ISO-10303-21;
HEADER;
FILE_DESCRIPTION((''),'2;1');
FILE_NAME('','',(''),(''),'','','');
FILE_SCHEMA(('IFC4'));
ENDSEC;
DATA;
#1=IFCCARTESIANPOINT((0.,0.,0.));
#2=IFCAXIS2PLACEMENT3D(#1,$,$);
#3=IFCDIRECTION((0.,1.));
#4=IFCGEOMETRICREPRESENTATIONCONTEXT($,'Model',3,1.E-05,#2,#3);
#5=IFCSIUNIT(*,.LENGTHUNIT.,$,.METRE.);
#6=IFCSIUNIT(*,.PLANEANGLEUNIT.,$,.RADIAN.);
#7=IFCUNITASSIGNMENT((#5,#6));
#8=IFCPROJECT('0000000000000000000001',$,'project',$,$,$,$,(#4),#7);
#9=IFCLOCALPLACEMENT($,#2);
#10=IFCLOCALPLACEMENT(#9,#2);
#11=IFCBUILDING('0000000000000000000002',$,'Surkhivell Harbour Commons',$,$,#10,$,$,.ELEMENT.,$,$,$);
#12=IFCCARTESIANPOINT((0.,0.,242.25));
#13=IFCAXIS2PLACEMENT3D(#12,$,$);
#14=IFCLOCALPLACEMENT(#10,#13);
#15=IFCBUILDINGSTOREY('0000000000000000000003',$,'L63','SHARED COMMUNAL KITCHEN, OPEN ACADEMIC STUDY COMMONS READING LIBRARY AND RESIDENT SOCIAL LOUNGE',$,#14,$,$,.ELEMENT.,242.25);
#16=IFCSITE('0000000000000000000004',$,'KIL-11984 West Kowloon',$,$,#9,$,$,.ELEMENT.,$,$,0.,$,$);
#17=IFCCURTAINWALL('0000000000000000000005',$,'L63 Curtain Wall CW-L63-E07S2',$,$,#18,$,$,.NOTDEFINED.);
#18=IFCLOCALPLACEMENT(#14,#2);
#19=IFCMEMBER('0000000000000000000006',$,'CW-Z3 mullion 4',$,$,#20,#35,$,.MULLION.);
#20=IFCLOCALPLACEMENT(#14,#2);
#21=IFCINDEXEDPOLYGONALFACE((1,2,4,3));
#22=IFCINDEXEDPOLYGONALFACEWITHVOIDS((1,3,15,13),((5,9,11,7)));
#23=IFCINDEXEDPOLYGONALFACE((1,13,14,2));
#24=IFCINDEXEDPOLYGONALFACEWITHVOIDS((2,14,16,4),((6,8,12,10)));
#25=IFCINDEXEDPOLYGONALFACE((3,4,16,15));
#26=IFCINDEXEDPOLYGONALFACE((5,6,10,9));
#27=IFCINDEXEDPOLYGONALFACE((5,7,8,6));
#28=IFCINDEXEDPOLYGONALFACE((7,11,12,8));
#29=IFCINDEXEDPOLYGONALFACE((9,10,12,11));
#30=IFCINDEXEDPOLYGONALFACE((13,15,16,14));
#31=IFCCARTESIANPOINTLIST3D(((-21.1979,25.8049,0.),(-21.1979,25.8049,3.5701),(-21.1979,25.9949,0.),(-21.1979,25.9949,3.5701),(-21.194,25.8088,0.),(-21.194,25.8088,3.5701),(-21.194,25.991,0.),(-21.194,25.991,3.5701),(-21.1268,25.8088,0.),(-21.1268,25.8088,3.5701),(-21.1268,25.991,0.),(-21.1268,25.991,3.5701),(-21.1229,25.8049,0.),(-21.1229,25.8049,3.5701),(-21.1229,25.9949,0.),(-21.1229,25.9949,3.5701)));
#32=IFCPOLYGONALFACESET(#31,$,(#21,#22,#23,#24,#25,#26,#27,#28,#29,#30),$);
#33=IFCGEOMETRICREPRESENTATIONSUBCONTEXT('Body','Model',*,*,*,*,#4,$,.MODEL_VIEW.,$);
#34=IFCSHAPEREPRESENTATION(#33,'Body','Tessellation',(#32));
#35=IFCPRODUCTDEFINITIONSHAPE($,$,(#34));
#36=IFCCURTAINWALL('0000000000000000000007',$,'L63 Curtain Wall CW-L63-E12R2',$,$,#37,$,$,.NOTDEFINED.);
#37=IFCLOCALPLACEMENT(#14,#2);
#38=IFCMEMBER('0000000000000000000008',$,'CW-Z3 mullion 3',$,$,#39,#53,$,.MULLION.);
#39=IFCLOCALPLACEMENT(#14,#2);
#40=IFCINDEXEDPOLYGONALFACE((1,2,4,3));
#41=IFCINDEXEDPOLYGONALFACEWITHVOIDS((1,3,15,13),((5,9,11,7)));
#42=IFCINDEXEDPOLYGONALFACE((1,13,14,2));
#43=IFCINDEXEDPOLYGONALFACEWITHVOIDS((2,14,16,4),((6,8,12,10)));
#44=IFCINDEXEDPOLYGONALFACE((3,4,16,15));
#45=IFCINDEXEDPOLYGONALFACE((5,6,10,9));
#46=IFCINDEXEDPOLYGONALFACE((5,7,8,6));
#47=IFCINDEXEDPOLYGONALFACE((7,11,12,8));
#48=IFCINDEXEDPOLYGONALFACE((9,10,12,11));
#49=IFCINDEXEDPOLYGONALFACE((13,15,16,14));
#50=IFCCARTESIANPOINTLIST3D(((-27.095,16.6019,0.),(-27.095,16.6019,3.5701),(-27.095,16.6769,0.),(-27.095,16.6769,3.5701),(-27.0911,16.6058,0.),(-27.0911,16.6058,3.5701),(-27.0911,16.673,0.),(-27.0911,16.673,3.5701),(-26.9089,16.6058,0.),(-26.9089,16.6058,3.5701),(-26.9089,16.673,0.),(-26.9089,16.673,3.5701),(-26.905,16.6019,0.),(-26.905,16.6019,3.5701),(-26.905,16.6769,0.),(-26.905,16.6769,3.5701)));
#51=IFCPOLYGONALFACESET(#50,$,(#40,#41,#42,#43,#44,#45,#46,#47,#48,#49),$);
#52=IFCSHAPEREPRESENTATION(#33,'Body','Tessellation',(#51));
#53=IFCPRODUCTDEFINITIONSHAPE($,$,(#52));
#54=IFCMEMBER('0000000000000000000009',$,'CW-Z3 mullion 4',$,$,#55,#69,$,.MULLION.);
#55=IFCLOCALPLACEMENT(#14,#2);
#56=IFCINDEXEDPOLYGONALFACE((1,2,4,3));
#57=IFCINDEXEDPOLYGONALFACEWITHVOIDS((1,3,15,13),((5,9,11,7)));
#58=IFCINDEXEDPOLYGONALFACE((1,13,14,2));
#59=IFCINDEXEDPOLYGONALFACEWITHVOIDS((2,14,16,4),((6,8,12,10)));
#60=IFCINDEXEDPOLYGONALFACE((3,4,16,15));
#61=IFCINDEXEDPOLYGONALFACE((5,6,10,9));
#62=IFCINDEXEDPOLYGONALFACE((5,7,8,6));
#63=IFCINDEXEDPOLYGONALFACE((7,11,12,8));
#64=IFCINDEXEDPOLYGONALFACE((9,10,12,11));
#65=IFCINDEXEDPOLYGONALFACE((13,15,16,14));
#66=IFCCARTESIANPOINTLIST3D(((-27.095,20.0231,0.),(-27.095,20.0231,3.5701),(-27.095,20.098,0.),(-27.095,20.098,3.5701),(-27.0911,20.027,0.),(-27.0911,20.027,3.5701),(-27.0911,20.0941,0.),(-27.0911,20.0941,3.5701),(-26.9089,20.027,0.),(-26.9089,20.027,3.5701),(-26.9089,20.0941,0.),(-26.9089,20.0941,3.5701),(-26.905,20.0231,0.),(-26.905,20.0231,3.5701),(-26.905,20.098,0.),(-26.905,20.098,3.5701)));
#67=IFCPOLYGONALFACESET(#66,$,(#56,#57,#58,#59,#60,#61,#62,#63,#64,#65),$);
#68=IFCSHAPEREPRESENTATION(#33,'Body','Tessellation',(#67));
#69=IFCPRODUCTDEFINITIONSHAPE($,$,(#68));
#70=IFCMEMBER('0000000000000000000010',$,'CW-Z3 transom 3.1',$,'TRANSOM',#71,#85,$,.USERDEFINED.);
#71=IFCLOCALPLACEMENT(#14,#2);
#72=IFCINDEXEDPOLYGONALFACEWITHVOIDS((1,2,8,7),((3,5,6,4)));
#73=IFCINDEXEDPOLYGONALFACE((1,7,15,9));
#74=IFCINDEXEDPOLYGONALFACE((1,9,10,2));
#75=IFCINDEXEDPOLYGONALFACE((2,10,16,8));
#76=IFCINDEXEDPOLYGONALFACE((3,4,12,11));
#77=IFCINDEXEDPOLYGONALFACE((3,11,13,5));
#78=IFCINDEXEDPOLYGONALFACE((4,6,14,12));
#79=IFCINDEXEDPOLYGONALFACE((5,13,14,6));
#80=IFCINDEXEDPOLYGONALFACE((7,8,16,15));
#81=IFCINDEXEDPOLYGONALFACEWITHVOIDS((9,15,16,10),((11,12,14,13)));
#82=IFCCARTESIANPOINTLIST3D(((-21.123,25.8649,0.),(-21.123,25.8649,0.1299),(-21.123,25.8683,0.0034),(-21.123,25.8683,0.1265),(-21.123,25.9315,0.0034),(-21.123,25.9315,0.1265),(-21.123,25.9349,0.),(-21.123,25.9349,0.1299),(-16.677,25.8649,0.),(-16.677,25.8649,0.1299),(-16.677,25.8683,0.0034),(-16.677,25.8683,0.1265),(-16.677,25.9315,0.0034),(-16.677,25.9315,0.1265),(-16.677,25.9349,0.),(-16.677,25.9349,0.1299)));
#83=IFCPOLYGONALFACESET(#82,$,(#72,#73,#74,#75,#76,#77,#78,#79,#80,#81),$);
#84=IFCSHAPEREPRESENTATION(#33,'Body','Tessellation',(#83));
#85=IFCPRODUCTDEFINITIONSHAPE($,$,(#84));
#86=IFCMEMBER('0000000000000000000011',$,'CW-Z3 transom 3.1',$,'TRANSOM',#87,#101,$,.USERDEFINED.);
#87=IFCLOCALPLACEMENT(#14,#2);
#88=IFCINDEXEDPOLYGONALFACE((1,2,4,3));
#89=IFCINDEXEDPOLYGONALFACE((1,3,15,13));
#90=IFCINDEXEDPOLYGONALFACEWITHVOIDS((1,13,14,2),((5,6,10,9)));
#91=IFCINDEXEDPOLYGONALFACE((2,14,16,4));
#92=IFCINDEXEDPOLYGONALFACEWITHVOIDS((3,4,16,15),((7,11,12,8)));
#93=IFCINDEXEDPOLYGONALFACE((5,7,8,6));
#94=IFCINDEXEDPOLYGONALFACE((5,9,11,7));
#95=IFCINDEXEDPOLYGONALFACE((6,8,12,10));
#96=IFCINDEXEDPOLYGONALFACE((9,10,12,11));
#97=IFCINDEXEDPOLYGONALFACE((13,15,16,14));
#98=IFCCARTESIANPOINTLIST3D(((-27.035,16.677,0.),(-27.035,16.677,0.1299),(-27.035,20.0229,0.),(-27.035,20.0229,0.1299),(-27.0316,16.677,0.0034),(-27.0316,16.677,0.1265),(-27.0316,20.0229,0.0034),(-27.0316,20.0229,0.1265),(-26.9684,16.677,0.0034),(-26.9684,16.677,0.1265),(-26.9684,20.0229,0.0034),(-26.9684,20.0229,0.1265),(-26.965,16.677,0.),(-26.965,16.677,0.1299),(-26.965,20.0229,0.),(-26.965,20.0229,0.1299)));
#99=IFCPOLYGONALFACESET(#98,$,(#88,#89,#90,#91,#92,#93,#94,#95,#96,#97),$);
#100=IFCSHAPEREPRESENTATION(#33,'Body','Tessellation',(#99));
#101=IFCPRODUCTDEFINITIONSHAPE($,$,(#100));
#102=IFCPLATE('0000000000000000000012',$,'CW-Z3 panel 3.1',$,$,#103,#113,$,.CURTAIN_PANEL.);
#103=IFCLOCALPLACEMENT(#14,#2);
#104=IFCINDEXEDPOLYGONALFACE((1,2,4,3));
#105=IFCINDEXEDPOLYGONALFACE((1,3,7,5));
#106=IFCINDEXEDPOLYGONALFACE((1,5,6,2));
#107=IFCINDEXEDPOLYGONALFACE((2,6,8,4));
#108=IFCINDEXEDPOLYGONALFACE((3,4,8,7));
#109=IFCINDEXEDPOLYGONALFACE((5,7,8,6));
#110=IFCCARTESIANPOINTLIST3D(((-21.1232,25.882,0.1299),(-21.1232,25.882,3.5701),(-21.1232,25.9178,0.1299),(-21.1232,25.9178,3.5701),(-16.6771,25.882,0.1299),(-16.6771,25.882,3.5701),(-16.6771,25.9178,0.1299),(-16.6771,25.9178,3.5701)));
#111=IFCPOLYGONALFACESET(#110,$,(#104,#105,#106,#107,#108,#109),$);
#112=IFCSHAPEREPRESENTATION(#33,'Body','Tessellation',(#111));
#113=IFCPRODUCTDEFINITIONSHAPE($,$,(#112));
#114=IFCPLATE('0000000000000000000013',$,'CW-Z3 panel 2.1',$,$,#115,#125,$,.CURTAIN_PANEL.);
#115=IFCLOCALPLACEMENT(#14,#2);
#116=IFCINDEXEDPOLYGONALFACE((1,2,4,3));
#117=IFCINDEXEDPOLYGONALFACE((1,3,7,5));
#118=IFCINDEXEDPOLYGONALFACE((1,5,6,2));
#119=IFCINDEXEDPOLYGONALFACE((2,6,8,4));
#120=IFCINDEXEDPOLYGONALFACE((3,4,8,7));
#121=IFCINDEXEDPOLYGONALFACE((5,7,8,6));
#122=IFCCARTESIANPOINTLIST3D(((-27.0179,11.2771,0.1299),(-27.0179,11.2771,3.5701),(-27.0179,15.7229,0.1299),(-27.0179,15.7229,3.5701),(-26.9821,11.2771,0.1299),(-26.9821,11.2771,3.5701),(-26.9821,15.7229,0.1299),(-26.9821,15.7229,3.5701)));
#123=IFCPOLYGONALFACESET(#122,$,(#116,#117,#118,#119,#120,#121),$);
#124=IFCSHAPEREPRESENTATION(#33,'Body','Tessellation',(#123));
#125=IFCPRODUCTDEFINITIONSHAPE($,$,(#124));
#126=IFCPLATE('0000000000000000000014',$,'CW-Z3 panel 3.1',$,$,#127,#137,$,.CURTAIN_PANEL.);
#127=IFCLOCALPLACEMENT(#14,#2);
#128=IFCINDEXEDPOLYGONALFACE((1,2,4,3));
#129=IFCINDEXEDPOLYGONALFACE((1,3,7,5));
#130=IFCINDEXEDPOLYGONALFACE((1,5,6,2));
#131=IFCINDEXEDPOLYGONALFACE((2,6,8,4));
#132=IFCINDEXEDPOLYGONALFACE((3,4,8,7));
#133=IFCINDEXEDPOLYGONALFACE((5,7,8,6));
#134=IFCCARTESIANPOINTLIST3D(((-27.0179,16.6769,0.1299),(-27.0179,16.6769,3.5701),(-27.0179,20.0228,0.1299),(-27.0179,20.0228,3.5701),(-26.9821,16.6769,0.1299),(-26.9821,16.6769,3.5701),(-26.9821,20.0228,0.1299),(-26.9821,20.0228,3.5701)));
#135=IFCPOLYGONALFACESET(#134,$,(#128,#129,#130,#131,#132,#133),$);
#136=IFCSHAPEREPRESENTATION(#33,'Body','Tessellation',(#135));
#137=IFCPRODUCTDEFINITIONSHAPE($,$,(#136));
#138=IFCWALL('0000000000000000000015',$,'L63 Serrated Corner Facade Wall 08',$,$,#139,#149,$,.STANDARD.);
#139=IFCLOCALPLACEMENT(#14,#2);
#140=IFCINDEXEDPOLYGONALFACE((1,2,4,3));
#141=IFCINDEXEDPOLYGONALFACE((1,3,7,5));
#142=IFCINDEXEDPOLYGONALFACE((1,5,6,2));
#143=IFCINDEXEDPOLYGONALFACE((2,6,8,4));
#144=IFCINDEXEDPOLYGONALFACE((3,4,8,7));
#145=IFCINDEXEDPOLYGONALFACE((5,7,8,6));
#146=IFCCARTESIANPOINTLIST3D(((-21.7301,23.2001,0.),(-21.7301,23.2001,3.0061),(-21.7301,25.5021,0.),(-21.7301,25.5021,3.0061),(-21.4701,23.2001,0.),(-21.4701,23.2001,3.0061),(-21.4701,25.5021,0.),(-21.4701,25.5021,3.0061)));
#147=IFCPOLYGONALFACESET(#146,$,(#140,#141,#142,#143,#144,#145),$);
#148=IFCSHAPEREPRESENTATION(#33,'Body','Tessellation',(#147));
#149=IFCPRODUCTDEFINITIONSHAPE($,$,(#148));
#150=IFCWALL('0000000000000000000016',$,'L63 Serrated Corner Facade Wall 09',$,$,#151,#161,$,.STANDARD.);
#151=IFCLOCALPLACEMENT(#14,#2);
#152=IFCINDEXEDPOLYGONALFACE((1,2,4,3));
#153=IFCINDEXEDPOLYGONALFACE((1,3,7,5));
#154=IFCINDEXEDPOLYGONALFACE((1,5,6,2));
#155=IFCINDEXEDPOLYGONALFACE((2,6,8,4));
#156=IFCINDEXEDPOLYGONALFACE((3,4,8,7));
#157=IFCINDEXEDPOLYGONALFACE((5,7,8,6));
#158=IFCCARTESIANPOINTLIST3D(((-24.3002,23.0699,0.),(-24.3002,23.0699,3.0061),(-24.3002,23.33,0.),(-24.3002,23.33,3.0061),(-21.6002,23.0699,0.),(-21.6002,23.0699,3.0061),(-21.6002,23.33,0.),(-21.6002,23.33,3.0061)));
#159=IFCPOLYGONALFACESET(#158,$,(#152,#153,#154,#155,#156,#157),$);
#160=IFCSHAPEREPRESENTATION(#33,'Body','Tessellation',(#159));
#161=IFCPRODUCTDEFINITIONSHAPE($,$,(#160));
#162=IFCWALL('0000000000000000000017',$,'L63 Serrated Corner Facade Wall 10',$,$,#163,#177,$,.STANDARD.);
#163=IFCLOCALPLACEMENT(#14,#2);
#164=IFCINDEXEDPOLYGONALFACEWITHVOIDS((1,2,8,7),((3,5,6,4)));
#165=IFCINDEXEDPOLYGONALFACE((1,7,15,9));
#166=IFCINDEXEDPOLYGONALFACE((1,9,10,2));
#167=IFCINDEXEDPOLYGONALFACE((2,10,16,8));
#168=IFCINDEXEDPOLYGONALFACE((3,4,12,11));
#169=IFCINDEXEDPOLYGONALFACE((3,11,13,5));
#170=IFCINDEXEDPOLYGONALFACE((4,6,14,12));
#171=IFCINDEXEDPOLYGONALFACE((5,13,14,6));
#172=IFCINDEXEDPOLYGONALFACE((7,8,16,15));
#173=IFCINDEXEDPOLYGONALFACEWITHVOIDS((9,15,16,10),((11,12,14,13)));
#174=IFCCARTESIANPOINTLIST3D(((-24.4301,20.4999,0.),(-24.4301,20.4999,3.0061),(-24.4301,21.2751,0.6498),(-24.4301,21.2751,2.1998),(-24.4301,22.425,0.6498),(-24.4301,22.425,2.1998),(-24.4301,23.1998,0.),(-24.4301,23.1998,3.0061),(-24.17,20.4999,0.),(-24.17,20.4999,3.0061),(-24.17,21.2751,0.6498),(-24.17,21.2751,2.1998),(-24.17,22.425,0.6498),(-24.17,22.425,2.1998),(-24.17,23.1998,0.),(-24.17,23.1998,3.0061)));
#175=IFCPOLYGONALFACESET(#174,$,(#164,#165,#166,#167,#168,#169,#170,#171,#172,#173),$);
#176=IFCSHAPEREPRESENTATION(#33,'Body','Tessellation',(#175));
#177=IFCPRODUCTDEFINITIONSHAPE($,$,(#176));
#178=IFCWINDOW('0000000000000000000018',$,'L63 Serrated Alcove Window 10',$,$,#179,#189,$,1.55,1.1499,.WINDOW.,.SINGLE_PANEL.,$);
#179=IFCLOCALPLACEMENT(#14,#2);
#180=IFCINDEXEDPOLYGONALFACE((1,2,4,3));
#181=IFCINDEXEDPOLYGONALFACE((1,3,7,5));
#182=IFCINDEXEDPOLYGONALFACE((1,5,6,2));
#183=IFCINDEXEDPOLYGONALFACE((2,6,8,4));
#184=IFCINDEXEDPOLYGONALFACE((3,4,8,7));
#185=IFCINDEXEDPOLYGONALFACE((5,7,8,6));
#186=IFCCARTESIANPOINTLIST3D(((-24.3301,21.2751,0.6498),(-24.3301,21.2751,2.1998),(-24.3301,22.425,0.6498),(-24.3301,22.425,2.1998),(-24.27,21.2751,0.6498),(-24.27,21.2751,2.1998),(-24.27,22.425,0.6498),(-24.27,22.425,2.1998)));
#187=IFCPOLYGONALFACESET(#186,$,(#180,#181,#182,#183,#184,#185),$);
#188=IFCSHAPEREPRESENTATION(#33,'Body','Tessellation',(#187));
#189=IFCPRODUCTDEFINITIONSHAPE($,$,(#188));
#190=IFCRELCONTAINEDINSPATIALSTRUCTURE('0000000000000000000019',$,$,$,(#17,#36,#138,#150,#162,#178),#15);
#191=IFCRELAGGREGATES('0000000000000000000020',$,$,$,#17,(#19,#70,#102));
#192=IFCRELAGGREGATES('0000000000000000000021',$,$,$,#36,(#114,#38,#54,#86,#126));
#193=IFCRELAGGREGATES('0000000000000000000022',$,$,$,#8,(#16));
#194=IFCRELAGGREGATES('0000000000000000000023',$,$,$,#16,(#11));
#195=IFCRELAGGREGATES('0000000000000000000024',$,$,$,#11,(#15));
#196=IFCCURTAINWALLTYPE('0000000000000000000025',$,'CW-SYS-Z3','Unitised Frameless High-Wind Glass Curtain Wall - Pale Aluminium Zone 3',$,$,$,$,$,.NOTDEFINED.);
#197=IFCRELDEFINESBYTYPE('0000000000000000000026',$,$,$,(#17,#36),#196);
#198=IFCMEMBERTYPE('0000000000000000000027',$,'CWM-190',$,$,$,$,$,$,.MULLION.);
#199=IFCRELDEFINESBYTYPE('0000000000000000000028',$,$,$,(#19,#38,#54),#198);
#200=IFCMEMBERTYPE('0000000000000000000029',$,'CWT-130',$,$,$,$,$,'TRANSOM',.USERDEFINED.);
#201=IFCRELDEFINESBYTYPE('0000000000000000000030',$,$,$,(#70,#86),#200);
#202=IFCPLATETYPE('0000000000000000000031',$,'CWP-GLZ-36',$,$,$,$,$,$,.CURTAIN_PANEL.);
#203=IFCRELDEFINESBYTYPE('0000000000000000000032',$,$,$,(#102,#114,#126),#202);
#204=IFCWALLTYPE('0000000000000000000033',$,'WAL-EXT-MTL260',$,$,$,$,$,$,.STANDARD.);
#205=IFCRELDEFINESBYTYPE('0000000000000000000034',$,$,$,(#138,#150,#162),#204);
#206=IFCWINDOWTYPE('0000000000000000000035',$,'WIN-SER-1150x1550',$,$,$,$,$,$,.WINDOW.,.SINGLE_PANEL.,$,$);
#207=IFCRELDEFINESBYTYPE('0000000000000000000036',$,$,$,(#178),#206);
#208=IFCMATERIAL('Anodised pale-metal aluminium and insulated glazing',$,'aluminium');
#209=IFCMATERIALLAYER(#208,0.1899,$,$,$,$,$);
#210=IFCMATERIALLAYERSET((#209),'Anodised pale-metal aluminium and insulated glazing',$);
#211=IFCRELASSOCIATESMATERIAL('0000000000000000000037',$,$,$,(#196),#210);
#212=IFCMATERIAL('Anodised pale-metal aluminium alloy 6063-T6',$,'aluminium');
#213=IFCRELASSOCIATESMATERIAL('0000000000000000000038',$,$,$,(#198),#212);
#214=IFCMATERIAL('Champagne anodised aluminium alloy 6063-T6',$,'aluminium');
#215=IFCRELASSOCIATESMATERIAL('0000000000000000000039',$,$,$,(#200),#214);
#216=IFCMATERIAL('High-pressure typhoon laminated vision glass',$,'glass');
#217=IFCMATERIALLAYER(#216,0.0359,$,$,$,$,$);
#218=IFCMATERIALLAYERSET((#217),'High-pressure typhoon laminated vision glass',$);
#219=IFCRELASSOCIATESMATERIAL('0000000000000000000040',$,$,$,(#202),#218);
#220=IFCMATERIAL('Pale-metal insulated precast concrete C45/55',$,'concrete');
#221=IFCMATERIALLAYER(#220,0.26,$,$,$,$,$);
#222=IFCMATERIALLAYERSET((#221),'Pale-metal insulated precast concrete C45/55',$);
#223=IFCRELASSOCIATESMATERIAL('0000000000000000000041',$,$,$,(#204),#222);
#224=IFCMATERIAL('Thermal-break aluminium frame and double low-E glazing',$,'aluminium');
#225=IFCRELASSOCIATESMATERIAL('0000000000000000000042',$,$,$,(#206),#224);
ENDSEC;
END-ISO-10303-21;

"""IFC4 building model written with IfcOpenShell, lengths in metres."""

from ifc_helpers import new_model, si_unit, direction, frame, frame_2d, origin, origin_2d, place, context, subcontext, project, spatial, rectangle, hollow_rectangle, extrude, material, layer, layer_set, material_profile, profile_set, type_object, element, fill, aggregate, save


model = new_model("IFC4")

# Units and contexts
model_context = context("Model", 3, precision=1e-05, world=origin(), true_north=direction((0.0, 1.0)))
body_context = subcontext(model_context, "Body", "Model", "MODEL_VIEW")
ifc_project = project(units=[si_unit("LENGTHUNIT", "METRE"), si_unit("PLANEANGLEUNIT", "RADIAN")], contexts=[model_context])

# Site, building, storey
site_placement = place(None, origin())
site = spatial("IfcSite", under=ifc_project, at=site_placement, Name="KIL-11984 West Kowloon", CompositionType="ELEMENT", RefElevation=0.0)
building_placement = place(site_placement, origin())
building = spatial("IfcBuilding", under=site, at=building_placement, Name="Surkhivell Harbour Commons", CompositionType="ELEMENT")
storey_placement = place(building_placement, frame((0.0, 0.0, 242.25)))
storey = spatial("IfcBuildingStorey", under=building, at=storey_placement, Name="L63", Description="SHARED COMMUNAL KITCHEN, OPEN ACADEMIC STUDY COMMONS READING LIBRARY AND RESIDENT SOCIAL LOUNGE", CompositionType="ELEMENT", Elevation=242.25)

# Curtain walls, members
ifc_material_1 = material(Name="Anodised pale-metal aluminium and insulated glazing", Category="aluminium")
ifc_layer_1 = layer(ifc_material_1, 0.1899)
ifc_layer_set_1 = layer_set([ifc_layer_1], Name="Anodised pale-metal aluminium and insulated glazing")
curtain_wall_type = type_object("IfcCurtainWallType", Name="CW-SYS-Z3", Description="Unitised Frameless High-Wind Glass Curtain Wall - Pale Aluminium Zone 3", PredefinedType="NOTDEFINED", material=ifc_layer_set_1)
curtain_wall_1_placement = place(storey_placement, origin())
curtain_wall_1 = element("IfcCurtainWall", 1, at=curtain_wall_1_placement, inside=storey, type_object=curtain_wall_type, Name="L63 Curtain Wall CW-L63-E07S2", PredefinedType="NOTDEFINED")
ifc_material_2 = material(Name="Anodised pale-metal aluminium alloy 6063-T6", Category="aluminium")
ifc_material_profile_1 = material_profile(ifc_material_2, hollow_rectangle(XDim=0.075, YDim=0.1899, WallThickness=0.0039, at=origin_2d()), Name="ALU-MULL-75x190")
ifc_profile_set_1 = profile_set([ifc_material_profile_1], Name="Anodised pale-metal aluminium alloy 6063-T6")
member_type_1 = type_object("IfcMemberType", Name="CWM-190", PredefinedType="MULLION", material=ifc_profile_set_1)
member_1_placement = place(storey_placement, frame((-21.1604, 25.8999, 0.0), z_axis=(0.0, 0.0, 1.0), x_axis=(-1.0, 0.0, 0.0)))
member_1 = element("IfcMember", 2, at=member_1_placement, type_object=member_type_1, Name="CW-Z3 mullion 4", PredefinedType="MULLION", context=body_context, shape_type="SweptSolid", body=[
    extrude(hollow_rectangle(XDim=0.075, YDim=0.1899, WallThickness=0.0039, at=origin_2d()), origin(), (0.0, 0.0, 1.0), 3.5701),
])
curtain_wall_2_placement = place(storey_placement, origin())
curtain_wall_2 = element("IfcCurtainWall", 3, at=curtain_wall_2_placement, inside=storey, type_object=curtain_wall_type, Name="L63 Curtain Wall CW-L63-E12R2", PredefinedType="NOTDEFINED")
member_2_placement = place(storey_placement, frame((-27.0, 16.6394, 0.0), z_axis=(0.0, 0.0, 1.0), x_axis=(0.0, 1.0, 0.0)))
member_2 = element("IfcMember", 4, at=member_2_placement, type_object=member_type_1, Name="CW-Z3 mullion 3", PredefinedType="MULLION", context=body_context, shape_type="SweptSolid", body=[
    extrude(hollow_rectangle(XDim=0.075, YDim=0.1899, WallThickness=0.0039, at=origin_2d()), origin(), (0.0, 0.0, 1.0), 3.5701),
])
member_3_placement = place(storey_placement, frame((-27.0, 20.0605, 0.0), z_axis=(0.0, 0.0, 1.0), x_axis=(0.0, 1.0, 0.0)))
member_3 = element("IfcMember", 5, at=member_3_placement, type_object=member_type_1, Name="CW-Z3 mullion 4", PredefinedType="MULLION", context=body_context, shape_type="SweptSolid", body=[
    extrude(hollow_rectangle(XDim=0.075, YDim=0.1899, WallThickness=0.0039, at=origin_2d()), origin(), (0.0, 0.0, 1.0), 3.5701),
])

# Members
ifc_material_3 = material(Name="Champagne anodised aluminium alloy 6063-T6", Category="aluminium")
ifc_material_profile_2 = material_profile(ifc_material_3, hollow_rectangle(XDim=0.0701, YDim=0.1299, WallThickness=0.0034, at=origin_2d()), Name="ALU-TRAN-70x130")
ifc_profile_set_2 = profile_set([ifc_material_profile_2], Name="Champagne anodised aluminium alloy 6063-T6")
member_type_2 = type_object("IfcMemberType", Name="CWT-130", ElementType="TRANSOM", PredefinedType="USERDEFINED", material=ifc_profile_set_2)
member_4_placement = place(storey_placement, frame((-16.677, 25.8999, 0.0649), z_axis=(-1.0, 0.0, 0.0), x_axis=(0.0, -1.0, 0.0)))
member_4 = element("IfcMember", 6, at=member_4_placement, type_object=member_type_2, Name="CW-Z3 transom 3.1", ObjectType="TRANSOM", PredefinedType="USERDEFINED", context=body_context, shape_type="SweptSolid", body=[
    extrude(hollow_rectangle(XDim=0.0701, YDim=0.1299, WallThickness=0.0034, at=origin_2d()), origin(), (0.0, 0.0, 1.0), 4.446),
])
member_5_placement = place(storey_placement, frame((-27.0, 16.677, 0.0649), z_axis=(0.0, 1.0, 0.0), x_axis=(-1.0, 0.0, 0.0)))
member_5 = element("IfcMember", 7, at=member_5_placement, type_object=member_type_2, Name="CW-Z3 transom 3.1", ObjectType="TRANSOM", PredefinedType="USERDEFINED", context=body_context, shape_type="SweptSolid", body=[
    extrude(hollow_rectangle(XDim=0.0701, YDim=0.1299, WallThickness=0.0034, at=origin_2d()), origin(), (0.0, 0.0, 1.0), 3.3459),
])

# Plates
ifc_material_4 = material(Name="High-pressure typhoon laminated vision glass", Category="glass")
ifc_layer_2 = layer(ifc_material_4, 0.0359)
ifc_layer_set_2 = layer_set([ifc_layer_2], Name="High-pressure typhoon laminated vision glass")
plate_type = type_object("IfcPlateType", Name="CWP-GLZ-36", PredefinedType="CURTAIN_PANEL", material=ifc_layer_set_2)
plate_1_placement = place(storey_placement, frame((-16.677, 25.8999, 0.1299), z_axis=(0.0, 0.0, 1.0), x_axis=(-1.0, 0.0, 0.0)))
plate_1 = element("IfcPlate", 8, at=plate_1_placement, type_object=plate_type, Name="CW-Z3 panel 3.1", PredefinedType="CURTAIN_PANEL", context=body_context, shape_type="SweptSolid", body=[
    extrude(rectangle(XDim=4.446, YDim=0.0359, at=frame_2d((2.2231, 0.0))), origin(), (0.0, 0.0, 1.0), 3.4402),
])
aggregate(curtain_wall_1, [member_1, member_4, plate_1])
plate_2_placement = place(storey_placement, frame((-27.0, 11.2771, 0.1299), z_axis=(0.0, 0.0, 1.0), x_axis=(0.0, 1.0, 0.0)))
plate_2 = element("IfcPlate", 9, at=plate_2_placement, type_object=plate_type, Name="CW-Z3 panel 2.1", PredefinedType="CURTAIN_PANEL", context=body_context, shape_type="SweptSolid", body=[
    extrude(rectangle(XDim=4.4458, YDim=0.0359, at=frame_2d((2.2229, 0.0))), origin(), (0.0, 0.0, 1.0), 3.4402),
])
plate_3_placement = place(storey_placement, frame((-27.0, 16.677, 0.1299), z_axis=(0.0, 0.0, 1.0), x_axis=(0.0, 1.0, 0.0)))
plate_3 = element("IfcPlate", 10, at=plate_3_placement, type_object=plate_type, Name="CW-Z3 panel 3.1", PredefinedType="CURTAIN_PANEL", context=body_context, shape_type="SweptSolid", body=[
    extrude(rectangle(XDim=3.3459, YDim=0.0359, at=frame_2d((1.6729, 0.0))), origin(), (0.0, 0.0, 1.0), 3.4402),
])
aggregate(curtain_wall_2, [plate_2, member_2, member_3, member_5, plate_3])

# Walls
ifc_material_5 = material(Name="Pale-metal insulated precast concrete C45/55", Category="concrete")
ifc_layer_3 = layer(ifc_material_5, 0.26)
ifc_layer_set_3 = layer_set([ifc_layer_3], Name="Pale-metal insulated precast concrete C45/55")
wall_type_1 = type_object("IfcWallType", Name="WAL-EXT-MTL260", PredefinedType="STANDARD", material=ifc_layer_set_3)
wall_1_placement = place(storey_placement, frame((-21.6001, 25.502, 0.0), z_axis=(0.0, 0.0, 1.0), x_axis=(0.0, -1.0, 0.0)))
element("IfcWall", 11, at=wall_1_placement, inside=storey, type_object=wall_type_1, Name="L63 Serrated Corner Facade Wall 08", PredefinedType="STANDARD", context=body_context, shape_type="SweptSolid", body=[
    extrude(rectangle(XDim=2.302, YDim=0.26, at=frame_2d((1.1509, 0.0))), origin(), (0.0, 0.0, 1.0), 3.0061),
])
wall_2_placement = place(storey_placement, frame((-21.6001, 23.2, 0.0), z_axis=(0.0, 0.0, 1.0), x_axis=(-1.0, 0.0, 0.0)))
element("IfcWall", 12, at=wall_2_placement, inside=storey, type_object=wall_type_1, Name="L63 Serrated Corner Facade Wall 09", PredefinedType="STANDARD", context=body_context, shape_type="SweptSolid", body=[
    extrude(rectangle(XDim=2.7, YDim=0.26, at=frame_2d((1.3501, 0.0))), origin(), (0.0, 0.0, 1.0), 3.0061),
])

# Wall, opening, window
wall_3_placement = place(storey_placement, frame((-24.3, 23.2, 0.0), z_axis=(0.0, 0.0, 1.0), x_axis=(0.0, -1.0, 0.0)))
wall_3 = element("IfcWall", 13, at=wall_3_placement, inside=storey, type_object=wall_type_1, Name="L63 Serrated Corner Facade Wall 10", PredefinedType="STANDARD", context=body_context, shape_type="SweptSolid", body=[
    extrude(rectangle(XDim=2.7, YDim=0.26, at=frame_2d((1.3501, 0.0))), origin(), (0.0, 0.0, 1.0), 3.0061),
])
opening_placement = place(wall_3_placement, frame((0.7749, 0.0, 0.6499)))
opening = element("IfcOpeningElement", 14, at=opening_placement, cuts=wall_3, PredefinedType="OPENING", context=body_context, shape_type="SweptSolid", body=[
    extrude(rectangle(XDim=1.1499, YDim=1.55, at=frame_2d((0.575, 0.7749))), frame((0.0, 0.1399, 0.0), z_axis=(0.0, -1.0, 0.0), x_axis=(1.0, 0.0, 0.0)), (0.0, 0.0, 1.0), 0.28),
])
ifc_material_6 = material(Name="Thermal-break aluminium frame and double low-E glazing", Category="aluminium")
window_type = type_object("IfcWindowType", Name="WIN-SER-1150x1550", PartitioningType="SINGLE_PANEL", PredefinedType="WINDOW", material=ifc_material_6)
window_placement = place(opening_placement, origin())
window = element("IfcWindow", 15, at=window_placement, inside=storey, type_object=window_type, Name="L63 Serrated Alcove Window 10", OverallHeight=1.55, OverallWidth=1.1499, PartitioningType="SINGLE_PANEL", PredefinedType="WINDOW", context=body_context, shape_type="SweptSolid", body=[
    extrude(rectangle(XDim=1.1499, YDim=1.55, at=frame_2d((0.575, 0.7749))), frame((0.0, 0.03, 0.0), z_axis=(0.0, -1.0, 0.0), x_axis=(1.0, 0.0, 0.0)), (0.0, 0.0, 1.0), 0.0601),
])
fill(opening, window)

save(model, "model.ifc")
